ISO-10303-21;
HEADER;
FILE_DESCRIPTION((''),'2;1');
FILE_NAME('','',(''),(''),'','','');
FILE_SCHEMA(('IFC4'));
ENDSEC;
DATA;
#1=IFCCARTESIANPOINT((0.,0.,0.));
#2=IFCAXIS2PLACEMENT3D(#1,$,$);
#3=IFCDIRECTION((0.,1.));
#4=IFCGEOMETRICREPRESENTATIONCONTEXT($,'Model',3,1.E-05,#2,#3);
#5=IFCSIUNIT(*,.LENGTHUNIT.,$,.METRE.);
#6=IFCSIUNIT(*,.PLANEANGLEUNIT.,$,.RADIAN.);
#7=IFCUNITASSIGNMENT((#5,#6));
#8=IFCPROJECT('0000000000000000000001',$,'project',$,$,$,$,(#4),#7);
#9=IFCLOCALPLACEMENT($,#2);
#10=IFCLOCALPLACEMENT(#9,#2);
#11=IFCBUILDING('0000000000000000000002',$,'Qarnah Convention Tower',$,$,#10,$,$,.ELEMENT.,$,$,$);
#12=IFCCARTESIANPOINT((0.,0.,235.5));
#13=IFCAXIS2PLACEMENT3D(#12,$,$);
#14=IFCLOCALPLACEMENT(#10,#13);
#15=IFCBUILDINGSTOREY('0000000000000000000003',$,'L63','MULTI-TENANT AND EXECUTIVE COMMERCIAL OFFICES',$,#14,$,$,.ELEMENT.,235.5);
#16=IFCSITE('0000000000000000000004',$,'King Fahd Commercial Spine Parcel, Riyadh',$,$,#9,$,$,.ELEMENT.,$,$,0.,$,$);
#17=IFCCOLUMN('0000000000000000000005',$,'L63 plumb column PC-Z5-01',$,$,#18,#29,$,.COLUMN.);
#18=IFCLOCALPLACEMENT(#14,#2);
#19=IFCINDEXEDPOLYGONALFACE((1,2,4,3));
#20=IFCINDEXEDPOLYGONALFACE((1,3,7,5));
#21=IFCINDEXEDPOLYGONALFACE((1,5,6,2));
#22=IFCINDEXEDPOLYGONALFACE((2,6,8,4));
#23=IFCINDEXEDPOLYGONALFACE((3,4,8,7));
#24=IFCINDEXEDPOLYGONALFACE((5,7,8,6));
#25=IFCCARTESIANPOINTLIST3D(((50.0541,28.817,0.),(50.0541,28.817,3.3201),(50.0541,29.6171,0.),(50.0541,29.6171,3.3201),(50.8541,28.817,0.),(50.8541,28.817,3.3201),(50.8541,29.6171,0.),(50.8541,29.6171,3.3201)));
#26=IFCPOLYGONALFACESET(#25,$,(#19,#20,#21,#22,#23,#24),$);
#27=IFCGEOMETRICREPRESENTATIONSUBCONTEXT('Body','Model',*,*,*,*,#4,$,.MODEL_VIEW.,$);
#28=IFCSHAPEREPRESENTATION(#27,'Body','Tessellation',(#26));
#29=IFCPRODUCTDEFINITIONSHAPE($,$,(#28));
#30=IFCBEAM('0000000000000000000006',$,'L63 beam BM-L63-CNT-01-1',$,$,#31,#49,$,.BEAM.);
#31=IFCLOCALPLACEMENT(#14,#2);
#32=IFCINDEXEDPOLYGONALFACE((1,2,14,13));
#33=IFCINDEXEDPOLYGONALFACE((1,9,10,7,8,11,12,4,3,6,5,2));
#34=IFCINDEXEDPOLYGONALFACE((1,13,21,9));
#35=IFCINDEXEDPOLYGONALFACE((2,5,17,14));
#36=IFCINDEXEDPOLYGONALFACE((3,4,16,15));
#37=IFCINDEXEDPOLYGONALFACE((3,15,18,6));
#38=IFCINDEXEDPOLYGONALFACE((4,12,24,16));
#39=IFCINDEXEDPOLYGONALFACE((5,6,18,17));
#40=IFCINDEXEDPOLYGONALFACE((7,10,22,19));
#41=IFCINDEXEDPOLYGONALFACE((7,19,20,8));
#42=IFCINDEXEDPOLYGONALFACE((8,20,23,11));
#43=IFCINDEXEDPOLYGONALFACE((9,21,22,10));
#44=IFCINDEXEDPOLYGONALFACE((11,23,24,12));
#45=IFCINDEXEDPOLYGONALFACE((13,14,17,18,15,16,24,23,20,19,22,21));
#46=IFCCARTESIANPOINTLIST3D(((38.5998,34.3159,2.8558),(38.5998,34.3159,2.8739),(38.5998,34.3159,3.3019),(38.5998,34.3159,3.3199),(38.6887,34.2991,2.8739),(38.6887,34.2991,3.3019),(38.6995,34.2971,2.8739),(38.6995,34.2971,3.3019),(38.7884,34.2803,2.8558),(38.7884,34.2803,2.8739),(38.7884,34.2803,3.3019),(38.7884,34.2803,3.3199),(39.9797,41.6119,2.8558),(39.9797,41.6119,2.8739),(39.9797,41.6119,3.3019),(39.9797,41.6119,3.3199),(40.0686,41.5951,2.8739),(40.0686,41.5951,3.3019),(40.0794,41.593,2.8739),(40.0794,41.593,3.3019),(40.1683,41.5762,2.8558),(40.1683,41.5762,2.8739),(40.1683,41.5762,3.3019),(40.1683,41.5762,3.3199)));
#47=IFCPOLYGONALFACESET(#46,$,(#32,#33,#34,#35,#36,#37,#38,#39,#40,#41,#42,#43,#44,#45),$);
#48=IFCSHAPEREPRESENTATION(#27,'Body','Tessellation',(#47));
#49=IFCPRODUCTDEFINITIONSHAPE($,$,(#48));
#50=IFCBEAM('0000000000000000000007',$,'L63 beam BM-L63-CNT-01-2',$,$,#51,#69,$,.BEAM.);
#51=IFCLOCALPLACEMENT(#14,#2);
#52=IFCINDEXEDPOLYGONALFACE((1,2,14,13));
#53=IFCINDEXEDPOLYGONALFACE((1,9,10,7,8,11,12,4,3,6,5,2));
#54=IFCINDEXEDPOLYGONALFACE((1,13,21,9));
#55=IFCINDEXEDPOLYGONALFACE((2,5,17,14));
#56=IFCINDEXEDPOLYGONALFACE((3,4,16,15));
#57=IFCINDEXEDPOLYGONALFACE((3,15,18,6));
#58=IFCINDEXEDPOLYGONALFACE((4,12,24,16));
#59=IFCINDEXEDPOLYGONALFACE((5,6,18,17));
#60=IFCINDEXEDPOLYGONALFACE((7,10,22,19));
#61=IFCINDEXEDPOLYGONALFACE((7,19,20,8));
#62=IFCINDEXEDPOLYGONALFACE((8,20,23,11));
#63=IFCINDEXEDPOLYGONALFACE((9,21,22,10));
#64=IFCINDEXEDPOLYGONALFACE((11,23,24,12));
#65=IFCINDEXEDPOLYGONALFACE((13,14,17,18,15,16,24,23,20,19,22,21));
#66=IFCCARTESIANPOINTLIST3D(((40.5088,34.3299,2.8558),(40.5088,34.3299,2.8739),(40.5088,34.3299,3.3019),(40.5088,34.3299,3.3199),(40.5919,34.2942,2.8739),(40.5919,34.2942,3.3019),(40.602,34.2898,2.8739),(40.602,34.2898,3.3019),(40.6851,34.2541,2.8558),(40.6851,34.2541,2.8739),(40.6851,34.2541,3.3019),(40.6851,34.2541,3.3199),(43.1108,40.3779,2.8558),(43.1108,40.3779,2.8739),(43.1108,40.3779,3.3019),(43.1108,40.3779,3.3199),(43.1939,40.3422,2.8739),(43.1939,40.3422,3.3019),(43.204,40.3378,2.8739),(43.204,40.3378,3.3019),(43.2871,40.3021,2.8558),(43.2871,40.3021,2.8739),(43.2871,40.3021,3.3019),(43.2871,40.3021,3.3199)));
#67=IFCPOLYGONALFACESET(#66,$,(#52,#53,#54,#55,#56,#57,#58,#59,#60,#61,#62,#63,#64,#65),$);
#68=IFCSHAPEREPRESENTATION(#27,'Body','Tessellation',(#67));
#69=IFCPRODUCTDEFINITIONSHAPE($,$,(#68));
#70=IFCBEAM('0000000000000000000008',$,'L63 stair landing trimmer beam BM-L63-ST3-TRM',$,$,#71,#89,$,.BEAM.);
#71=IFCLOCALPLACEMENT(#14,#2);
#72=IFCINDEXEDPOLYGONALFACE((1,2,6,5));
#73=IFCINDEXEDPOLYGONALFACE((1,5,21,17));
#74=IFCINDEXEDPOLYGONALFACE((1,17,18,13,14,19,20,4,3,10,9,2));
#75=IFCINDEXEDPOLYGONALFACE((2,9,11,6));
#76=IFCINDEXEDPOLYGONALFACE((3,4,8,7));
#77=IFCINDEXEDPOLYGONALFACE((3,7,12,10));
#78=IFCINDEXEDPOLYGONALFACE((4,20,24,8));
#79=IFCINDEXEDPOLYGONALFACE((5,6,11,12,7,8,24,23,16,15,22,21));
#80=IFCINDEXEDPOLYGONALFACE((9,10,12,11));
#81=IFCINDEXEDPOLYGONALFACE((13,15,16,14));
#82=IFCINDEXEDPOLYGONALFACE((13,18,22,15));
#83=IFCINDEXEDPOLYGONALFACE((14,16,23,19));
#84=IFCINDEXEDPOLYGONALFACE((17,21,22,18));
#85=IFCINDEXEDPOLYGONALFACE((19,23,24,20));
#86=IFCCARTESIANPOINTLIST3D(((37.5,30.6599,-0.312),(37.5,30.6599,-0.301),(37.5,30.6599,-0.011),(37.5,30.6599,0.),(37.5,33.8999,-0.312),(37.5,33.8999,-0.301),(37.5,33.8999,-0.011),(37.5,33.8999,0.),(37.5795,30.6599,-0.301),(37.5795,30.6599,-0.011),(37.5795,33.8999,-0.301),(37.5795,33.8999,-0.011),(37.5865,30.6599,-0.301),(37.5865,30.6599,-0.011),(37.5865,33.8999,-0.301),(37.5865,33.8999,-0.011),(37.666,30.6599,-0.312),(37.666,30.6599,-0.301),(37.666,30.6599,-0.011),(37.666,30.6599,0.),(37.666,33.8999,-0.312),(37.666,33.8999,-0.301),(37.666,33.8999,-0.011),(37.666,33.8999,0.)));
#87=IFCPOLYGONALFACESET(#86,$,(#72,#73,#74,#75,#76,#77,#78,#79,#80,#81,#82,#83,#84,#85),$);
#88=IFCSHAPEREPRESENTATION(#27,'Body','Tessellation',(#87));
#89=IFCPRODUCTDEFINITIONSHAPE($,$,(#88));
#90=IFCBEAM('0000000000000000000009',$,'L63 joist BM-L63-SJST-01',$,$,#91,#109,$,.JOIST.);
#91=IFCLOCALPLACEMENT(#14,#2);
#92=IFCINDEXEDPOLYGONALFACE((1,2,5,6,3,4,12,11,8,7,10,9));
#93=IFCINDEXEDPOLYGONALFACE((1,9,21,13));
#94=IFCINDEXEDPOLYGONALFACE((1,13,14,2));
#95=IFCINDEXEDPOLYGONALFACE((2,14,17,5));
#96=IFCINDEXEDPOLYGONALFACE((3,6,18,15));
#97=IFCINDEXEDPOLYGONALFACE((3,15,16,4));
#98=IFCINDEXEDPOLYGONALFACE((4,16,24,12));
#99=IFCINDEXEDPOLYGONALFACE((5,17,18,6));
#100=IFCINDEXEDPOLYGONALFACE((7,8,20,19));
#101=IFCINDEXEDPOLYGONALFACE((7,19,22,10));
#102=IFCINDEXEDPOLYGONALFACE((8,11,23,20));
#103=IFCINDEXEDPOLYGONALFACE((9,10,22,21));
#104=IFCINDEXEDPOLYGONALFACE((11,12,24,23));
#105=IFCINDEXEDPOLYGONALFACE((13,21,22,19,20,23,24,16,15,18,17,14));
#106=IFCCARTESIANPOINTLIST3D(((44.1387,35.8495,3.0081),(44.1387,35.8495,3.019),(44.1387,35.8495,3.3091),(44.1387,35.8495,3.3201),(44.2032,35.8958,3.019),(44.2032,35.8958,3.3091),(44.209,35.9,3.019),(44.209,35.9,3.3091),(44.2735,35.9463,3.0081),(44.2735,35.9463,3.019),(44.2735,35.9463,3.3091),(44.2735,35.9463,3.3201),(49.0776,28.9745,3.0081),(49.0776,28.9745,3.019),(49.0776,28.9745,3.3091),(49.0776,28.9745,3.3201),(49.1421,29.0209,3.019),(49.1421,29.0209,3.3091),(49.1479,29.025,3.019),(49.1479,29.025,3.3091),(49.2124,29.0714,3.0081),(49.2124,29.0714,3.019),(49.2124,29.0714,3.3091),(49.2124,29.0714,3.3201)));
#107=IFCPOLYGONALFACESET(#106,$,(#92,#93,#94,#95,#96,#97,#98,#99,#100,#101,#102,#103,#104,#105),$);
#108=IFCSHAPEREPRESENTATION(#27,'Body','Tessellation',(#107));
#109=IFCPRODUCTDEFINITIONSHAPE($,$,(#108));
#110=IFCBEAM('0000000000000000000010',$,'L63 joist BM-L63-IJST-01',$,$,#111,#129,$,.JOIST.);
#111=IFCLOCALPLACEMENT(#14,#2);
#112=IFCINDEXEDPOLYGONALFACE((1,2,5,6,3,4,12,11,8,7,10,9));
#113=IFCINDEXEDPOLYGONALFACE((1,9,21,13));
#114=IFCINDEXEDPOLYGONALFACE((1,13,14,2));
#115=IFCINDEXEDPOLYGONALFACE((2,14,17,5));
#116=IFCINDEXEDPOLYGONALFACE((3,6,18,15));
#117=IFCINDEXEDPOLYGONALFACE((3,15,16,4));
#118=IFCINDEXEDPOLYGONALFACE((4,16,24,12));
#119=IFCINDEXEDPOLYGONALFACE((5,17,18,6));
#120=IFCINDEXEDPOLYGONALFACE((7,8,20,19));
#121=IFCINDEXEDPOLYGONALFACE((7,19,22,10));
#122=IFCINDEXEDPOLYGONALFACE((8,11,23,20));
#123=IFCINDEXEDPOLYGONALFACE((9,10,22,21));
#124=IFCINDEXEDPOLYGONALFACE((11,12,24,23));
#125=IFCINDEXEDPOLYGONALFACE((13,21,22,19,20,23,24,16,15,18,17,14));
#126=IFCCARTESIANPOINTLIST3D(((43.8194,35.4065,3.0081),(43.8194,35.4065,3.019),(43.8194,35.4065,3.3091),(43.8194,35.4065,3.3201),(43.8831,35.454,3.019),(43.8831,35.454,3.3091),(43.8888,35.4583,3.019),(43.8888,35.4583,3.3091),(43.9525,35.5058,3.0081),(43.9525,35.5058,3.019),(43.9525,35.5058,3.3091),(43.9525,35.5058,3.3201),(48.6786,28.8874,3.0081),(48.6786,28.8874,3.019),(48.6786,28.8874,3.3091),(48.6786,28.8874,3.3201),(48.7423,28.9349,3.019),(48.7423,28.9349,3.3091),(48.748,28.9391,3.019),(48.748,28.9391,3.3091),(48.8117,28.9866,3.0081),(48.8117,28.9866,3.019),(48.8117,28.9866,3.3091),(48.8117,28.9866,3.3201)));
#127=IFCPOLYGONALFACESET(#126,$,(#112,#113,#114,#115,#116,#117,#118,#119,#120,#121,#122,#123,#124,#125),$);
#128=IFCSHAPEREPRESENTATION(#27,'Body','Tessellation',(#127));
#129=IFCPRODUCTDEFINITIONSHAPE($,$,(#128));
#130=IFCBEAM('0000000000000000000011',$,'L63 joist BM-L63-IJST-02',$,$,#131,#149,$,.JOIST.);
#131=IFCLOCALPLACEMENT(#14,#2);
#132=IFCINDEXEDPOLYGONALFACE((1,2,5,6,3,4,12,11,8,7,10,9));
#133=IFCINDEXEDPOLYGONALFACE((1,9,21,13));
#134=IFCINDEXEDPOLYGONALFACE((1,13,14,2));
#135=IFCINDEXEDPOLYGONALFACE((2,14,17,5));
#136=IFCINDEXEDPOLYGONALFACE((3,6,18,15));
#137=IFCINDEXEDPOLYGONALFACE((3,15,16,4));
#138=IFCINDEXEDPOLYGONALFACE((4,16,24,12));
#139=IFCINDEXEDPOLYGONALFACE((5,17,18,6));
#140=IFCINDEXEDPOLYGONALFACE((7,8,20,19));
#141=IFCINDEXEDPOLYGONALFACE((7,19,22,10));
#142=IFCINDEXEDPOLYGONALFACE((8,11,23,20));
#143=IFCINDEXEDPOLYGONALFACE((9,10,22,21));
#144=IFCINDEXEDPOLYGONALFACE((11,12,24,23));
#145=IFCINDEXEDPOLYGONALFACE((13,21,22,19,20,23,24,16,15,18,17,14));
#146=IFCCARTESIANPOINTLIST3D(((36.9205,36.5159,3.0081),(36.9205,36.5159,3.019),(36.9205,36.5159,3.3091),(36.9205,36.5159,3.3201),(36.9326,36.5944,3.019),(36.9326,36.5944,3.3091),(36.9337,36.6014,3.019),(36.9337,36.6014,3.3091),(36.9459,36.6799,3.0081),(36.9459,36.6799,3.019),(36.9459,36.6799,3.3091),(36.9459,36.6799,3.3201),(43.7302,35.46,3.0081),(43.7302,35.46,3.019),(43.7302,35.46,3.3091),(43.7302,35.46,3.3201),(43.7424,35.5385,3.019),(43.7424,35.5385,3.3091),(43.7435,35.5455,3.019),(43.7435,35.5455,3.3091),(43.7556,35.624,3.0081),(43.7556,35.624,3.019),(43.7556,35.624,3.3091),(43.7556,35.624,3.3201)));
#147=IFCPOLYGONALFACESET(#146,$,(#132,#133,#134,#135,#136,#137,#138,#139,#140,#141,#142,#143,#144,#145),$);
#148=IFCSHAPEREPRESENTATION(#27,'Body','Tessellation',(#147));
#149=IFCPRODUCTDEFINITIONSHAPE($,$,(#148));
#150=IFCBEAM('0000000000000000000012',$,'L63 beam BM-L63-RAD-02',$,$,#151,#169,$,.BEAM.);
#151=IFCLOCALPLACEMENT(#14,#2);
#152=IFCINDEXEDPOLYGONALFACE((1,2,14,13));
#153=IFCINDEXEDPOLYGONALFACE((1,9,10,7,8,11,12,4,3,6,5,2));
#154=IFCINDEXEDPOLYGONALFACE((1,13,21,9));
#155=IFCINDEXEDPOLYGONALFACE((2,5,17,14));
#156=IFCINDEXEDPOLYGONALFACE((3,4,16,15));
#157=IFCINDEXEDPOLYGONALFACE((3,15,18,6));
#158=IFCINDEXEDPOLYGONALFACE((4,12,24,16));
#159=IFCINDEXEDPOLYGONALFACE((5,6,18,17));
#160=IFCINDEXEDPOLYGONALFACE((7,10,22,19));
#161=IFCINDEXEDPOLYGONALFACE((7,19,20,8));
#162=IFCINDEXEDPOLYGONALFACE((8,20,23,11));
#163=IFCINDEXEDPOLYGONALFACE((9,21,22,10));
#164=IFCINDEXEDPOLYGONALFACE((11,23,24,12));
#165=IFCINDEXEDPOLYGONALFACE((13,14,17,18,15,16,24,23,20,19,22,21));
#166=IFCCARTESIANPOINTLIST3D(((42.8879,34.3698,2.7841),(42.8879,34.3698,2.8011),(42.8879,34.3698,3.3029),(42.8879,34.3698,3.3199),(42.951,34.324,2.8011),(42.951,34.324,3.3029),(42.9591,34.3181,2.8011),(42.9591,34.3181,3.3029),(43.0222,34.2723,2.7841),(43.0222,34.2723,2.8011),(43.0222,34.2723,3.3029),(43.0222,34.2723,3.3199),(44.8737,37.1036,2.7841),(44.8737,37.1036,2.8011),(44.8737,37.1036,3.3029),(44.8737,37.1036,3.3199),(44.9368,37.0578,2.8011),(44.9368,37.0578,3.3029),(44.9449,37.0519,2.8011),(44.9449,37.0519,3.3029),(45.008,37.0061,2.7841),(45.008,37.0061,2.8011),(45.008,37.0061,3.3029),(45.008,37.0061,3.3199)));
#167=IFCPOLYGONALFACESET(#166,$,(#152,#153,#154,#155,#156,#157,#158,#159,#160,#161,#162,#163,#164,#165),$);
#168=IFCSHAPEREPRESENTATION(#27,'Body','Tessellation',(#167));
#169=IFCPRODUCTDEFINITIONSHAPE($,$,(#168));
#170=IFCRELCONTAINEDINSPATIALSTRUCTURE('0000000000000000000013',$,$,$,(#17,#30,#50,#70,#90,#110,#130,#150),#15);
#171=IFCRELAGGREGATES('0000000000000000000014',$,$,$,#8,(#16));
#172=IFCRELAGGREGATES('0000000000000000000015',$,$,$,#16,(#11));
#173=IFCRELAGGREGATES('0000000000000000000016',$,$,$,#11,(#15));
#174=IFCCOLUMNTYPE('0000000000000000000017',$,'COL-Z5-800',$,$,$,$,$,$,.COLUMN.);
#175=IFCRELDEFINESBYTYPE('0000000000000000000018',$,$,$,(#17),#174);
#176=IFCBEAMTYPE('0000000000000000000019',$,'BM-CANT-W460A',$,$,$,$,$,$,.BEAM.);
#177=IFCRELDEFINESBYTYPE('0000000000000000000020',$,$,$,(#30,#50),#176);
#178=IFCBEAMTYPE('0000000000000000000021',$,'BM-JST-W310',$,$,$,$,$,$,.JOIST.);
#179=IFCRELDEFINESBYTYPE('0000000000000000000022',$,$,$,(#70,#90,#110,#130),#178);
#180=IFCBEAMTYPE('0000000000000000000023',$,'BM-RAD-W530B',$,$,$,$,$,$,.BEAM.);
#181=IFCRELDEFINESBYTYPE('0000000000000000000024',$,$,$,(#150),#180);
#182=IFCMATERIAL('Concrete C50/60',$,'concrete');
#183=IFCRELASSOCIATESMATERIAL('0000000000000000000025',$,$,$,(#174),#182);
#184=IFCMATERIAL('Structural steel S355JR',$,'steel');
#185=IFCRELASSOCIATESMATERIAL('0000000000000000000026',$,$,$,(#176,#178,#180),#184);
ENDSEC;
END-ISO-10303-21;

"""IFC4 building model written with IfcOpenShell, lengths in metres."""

from ifc_helpers import new_model, si_unit, direction, frame, origin, origin_2d, place, context, subcontext, project, spatial, rectangle, i_section, extrude, material, material_profile, profile_set, type_object, element, save


model = new_model("IFC4")

# Units and contexts
model_context = context("Model", 3, precision=1e-05, world=origin(), true_north=direction((0.0, 1.0)))
body_context = subcontext(model_context, "Body", "Model", "MODEL_VIEW")
ifc_project = project(units=[si_unit("LENGTHUNIT", "METRE"), si_unit("PLANEANGLEUNIT", "RADIAN")], contexts=[model_context])

# Site, building, storey
site_placement = place(None, origin())
site = spatial("IfcSite", under=ifc_project, at=site_placement, Name="King Fahd Commercial Spine Parcel, Riyadh", CompositionType="ELEMENT", RefElevation=0.0)
building_placement = place(site_placement, origin())
building = spatial("IfcBuilding", under=site, at=building_placement, Name="Qarnah Convention Tower", CompositionType="ELEMENT")
storey_placement = place(building_placement, frame((0.0, 0.0, 235.5)))
storey = spatial("IfcBuildingStorey", under=building, at=storey_placement, Name="L63", Description="MULTI-TENANT AND EXECUTIVE COMMERCIAL OFFICES", CompositionType="ELEMENT", Elevation=235.5)

# Column
ifc_material_1 = material(Name="Concrete C50/60", Category="concrete")
ifc_material_profile_1 = material_profile(ifc_material_1, rectangle(XDim=0.8, YDim=0.8, at=origin_2d()), Name="RC-COL-800X800")
ifc_profile_set_1 = profile_set([ifc_material_profile_1], Name="Concrete C50/60")
column_type = type_object("IfcColumnType", Name="COL-Z5-800", PredefinedType="COLUMN", material=ifc_profile_set_1)
column_placement = place(storey_placement, frame((50.4541, 29.217, 0.0), z_axis=(0.0, 0.0, 1.0), x_axis=(1.0, 0.0, 0.0)))
element("IfcColumn", 1, at=column_placement, inside=storey, type_object=column_type, Name="L63 plumb column PC-Z5-01", PredefinedType="COLUMN", context=body_context, shape_type="SweptSolid", body=[
    extrude(rectangle(XDim=0.8, YDim=0.8, at=origin_2d()), origin(), (0.0, 0.0, 1.0), 3.3201),
])

# Beams
ifc_material_2 = material(Name="Structural steel S355JR", Category="steel")
ifc_material_profile_2 = material_profile(ifc_material_2, i_section(OverallWidth=0.1919, OverallDepth=0.4641, WebThickness=0.011, FlangeThickness=0.0181, at=origin_2d()), Name="W460X89")
ifc_profile_set_2 = profile_set([ifc_material_profile_2], Name="Structural steel S355JR")
beam_type_1 = type_object("IfcBeamType", Name="BM-CANT-W460A", PredefinedType="BEAM", material=ifc_profile_set_2)
beam_1_placement = place(storey_placement, frame((38.6941, 34.2981, 3.0879), z_axis=(0.185837, 0.982581, 0.0), x_axis=(-0.982581, 0.185837, 0.0)))
element("IfcBeam", 2, at=beam_1_placement, inside=storey, type_object=beam_type_1, Name="L63 beam BM-L63-CNT-01-1", PredefinedType="BEAM", context=body_context, shape_type="SweptSolid", body=[
    extrude(i_section(OverallWidth=0.1919, OverallDepth=0.4641, WebThickness=0.011, FlangeThickness=0.0181, at=origin_2d()), origin(), (0.0, 0.0, 1.0), 7.4253),
])
beam_2_placement = place(storey_placement, frame((40.5969, 34.292, 3.0879), z_axis=(0.395203, 0.918594, 0.0), x_axis=(-0.918594, 0.395203, 0.0)))
element("IfcBeam", 3, at=beam_2_placement, inside=storey, type_object=beam_type_1, Name="L63 beam BM-L63-CNT-01-2", PredefinedType="BEAM", context=body_context, shape_type="SweptSolid", body=[
    extrude(i_section(OverallWidth=0.1919, OverallDepth=0.4641, WebThickness=0.011, FlangeThickness=0.0181, at=origin_2d()), origin(), (0.0, 0.0, 1.0), 6.584),
])
ifc_material_profile_3 = material_profile(ifc_material_2, i_section(OverallWidth=0.166, OverallDepth=0.312, WebThickness=0.0071, FlangeThickness=0.011, at=origin_2d()), Name="W310X45")
ifc_profile_set_3 = profile_set([ifc_material_profile_3], Name="Structural steel S355JR")
beam_type_2 = type_object("IfcBeamType", Name="BM-JST-W310", PredefinedType="JOIST", material=ifc_profile_set_3)
beam_3_placement = place(storey_placement, frame((37.583, 30.6599, -0.156), z_axis=(0.0, 1.0, 0.0), x_axis=(-1.0, 0.0, 0.0)))
element("IfcBeam", 4, at=beam_3_placement, inside=storey, type_object=beam_type_2, Name="L63 stair landing trimmer beam BM-L63-ST3-TRM", PredefinedType="BEAM", context=body_context, shape_type="SweptSolid", body=[
    extrude(i_section(OverallWidth=0.166, OverallDepth=0.312, WebThickness=0.0071, FlangeThickness=0.011, at=origin_2d()), origin(), (0.0, 0.0, 1.0), 3.24),
])
beam_4_placement = place(storey_placement, frame((49.145, 29.0229, 3.1641), z_axis=(-0.583446, 0.812152, 0.0), x_axis=(-0.812152, -0.583446, 0.0)))
element("IfcBeam", 5, at=beam_4_placement, inside=storey, type_object=beam_type_2, Name="L63 joist BM-L63-SJST-01", PredefinedType="JOIST", context=body_context, shape_type="SweptSolid", body=[
    extrude(i_section(OverallWidth=0.166, OverallDepth=0.312, WebThickness=0.0071, FlangeThickness=0.011, at=origin_2d()), origin(), (0.0, 0.0, 1.0), 8.4651),
])
beam_5_placement = place(storey_placement, frame((48.7451, 28.937, 3.1641), z_axis=(-0.597624, 0.801776, 0.0), x_axis=(-0.801776, -0.597624, 0.0)))
element("IfcBeam", 6, at=beam_5_placement, inside=storey, type_object=beam_type_2, Name="L63 joist BM-L63-IJST-01", PredefinedType="JOIST", context=body_context, shape_type="SweptSolid", body=[
    extrude(i_section(OverallWidth=0.166, OverallDepth=0.312, WebThickness=0.0071, FlangeThickness=0.011, at=origin_2d()), origin(), (0.0, 0.0, 1.0), 8.1309),
])
beam_6_placement = place(storey_placement, frame((43.7429, 35.542, 3.1641), z_axis=(-0.988191, 0.153226, 0.0), x_axis=(-0.153226, -0.988191, 0.0)))
element("IfcBeam", 7, at=beam_6_placement, inside=storey, type_object=beam_type_2, Name="L63 joist BM-L63-IJST-02", PredefinedType="JOIST", context=body_context, shape_type="SweptSolid", body=[
    extrude(i_section(OverallWidth=0.166, OverallDepth=0.312, WebThickness=0.0071, FlangeThickness=0.011, at=origin_2d()), origin(), (0.0, 0.0, 1.0), 6.8911),
])
ifc_material_profile_4 = material_profile(ifc_material_2, i_section(OverallWidth=0.166, OverallDepth=0.5359, WebThickness=0.01, FlangeThickness=0.0171, at=origin_2d()), Name="W530X85")
ifc_profile_set_4 = profile_set([ifc_material_profile_4], Name="Structural steel S355JR")
beam_type_3 = type_object("IfcBeamType", Name="BM-RAD-W530B", PredefinedType="BEAM", material=ifc_profile_set_4)
beam_7_placement = place(storey_placement, frame((42.9551, 34.321, 3.052), z_axis=(0.587699, 0.80908, 0.0), x_axis=(-0.80908, 0.587699, 0.0)))
element("IfcBeam", 8, at=beam_7_placement, inside=storey, type_object=beam_type_3, Name="L63 beam BM-L63-RAD-02", PredefinedType="BEAM", context=body_context, shape_type="SweptSolid", body=[
    extrude(i_section(OverallWidth=0.166, OverallDepth=0.5359, WebThickness=0.01, FlangeThickness=0.0171, at=origin_2d()), origin(), (0.0, 0.0, 1.0), 3.3789),
])

save(model, "model.ifc")
